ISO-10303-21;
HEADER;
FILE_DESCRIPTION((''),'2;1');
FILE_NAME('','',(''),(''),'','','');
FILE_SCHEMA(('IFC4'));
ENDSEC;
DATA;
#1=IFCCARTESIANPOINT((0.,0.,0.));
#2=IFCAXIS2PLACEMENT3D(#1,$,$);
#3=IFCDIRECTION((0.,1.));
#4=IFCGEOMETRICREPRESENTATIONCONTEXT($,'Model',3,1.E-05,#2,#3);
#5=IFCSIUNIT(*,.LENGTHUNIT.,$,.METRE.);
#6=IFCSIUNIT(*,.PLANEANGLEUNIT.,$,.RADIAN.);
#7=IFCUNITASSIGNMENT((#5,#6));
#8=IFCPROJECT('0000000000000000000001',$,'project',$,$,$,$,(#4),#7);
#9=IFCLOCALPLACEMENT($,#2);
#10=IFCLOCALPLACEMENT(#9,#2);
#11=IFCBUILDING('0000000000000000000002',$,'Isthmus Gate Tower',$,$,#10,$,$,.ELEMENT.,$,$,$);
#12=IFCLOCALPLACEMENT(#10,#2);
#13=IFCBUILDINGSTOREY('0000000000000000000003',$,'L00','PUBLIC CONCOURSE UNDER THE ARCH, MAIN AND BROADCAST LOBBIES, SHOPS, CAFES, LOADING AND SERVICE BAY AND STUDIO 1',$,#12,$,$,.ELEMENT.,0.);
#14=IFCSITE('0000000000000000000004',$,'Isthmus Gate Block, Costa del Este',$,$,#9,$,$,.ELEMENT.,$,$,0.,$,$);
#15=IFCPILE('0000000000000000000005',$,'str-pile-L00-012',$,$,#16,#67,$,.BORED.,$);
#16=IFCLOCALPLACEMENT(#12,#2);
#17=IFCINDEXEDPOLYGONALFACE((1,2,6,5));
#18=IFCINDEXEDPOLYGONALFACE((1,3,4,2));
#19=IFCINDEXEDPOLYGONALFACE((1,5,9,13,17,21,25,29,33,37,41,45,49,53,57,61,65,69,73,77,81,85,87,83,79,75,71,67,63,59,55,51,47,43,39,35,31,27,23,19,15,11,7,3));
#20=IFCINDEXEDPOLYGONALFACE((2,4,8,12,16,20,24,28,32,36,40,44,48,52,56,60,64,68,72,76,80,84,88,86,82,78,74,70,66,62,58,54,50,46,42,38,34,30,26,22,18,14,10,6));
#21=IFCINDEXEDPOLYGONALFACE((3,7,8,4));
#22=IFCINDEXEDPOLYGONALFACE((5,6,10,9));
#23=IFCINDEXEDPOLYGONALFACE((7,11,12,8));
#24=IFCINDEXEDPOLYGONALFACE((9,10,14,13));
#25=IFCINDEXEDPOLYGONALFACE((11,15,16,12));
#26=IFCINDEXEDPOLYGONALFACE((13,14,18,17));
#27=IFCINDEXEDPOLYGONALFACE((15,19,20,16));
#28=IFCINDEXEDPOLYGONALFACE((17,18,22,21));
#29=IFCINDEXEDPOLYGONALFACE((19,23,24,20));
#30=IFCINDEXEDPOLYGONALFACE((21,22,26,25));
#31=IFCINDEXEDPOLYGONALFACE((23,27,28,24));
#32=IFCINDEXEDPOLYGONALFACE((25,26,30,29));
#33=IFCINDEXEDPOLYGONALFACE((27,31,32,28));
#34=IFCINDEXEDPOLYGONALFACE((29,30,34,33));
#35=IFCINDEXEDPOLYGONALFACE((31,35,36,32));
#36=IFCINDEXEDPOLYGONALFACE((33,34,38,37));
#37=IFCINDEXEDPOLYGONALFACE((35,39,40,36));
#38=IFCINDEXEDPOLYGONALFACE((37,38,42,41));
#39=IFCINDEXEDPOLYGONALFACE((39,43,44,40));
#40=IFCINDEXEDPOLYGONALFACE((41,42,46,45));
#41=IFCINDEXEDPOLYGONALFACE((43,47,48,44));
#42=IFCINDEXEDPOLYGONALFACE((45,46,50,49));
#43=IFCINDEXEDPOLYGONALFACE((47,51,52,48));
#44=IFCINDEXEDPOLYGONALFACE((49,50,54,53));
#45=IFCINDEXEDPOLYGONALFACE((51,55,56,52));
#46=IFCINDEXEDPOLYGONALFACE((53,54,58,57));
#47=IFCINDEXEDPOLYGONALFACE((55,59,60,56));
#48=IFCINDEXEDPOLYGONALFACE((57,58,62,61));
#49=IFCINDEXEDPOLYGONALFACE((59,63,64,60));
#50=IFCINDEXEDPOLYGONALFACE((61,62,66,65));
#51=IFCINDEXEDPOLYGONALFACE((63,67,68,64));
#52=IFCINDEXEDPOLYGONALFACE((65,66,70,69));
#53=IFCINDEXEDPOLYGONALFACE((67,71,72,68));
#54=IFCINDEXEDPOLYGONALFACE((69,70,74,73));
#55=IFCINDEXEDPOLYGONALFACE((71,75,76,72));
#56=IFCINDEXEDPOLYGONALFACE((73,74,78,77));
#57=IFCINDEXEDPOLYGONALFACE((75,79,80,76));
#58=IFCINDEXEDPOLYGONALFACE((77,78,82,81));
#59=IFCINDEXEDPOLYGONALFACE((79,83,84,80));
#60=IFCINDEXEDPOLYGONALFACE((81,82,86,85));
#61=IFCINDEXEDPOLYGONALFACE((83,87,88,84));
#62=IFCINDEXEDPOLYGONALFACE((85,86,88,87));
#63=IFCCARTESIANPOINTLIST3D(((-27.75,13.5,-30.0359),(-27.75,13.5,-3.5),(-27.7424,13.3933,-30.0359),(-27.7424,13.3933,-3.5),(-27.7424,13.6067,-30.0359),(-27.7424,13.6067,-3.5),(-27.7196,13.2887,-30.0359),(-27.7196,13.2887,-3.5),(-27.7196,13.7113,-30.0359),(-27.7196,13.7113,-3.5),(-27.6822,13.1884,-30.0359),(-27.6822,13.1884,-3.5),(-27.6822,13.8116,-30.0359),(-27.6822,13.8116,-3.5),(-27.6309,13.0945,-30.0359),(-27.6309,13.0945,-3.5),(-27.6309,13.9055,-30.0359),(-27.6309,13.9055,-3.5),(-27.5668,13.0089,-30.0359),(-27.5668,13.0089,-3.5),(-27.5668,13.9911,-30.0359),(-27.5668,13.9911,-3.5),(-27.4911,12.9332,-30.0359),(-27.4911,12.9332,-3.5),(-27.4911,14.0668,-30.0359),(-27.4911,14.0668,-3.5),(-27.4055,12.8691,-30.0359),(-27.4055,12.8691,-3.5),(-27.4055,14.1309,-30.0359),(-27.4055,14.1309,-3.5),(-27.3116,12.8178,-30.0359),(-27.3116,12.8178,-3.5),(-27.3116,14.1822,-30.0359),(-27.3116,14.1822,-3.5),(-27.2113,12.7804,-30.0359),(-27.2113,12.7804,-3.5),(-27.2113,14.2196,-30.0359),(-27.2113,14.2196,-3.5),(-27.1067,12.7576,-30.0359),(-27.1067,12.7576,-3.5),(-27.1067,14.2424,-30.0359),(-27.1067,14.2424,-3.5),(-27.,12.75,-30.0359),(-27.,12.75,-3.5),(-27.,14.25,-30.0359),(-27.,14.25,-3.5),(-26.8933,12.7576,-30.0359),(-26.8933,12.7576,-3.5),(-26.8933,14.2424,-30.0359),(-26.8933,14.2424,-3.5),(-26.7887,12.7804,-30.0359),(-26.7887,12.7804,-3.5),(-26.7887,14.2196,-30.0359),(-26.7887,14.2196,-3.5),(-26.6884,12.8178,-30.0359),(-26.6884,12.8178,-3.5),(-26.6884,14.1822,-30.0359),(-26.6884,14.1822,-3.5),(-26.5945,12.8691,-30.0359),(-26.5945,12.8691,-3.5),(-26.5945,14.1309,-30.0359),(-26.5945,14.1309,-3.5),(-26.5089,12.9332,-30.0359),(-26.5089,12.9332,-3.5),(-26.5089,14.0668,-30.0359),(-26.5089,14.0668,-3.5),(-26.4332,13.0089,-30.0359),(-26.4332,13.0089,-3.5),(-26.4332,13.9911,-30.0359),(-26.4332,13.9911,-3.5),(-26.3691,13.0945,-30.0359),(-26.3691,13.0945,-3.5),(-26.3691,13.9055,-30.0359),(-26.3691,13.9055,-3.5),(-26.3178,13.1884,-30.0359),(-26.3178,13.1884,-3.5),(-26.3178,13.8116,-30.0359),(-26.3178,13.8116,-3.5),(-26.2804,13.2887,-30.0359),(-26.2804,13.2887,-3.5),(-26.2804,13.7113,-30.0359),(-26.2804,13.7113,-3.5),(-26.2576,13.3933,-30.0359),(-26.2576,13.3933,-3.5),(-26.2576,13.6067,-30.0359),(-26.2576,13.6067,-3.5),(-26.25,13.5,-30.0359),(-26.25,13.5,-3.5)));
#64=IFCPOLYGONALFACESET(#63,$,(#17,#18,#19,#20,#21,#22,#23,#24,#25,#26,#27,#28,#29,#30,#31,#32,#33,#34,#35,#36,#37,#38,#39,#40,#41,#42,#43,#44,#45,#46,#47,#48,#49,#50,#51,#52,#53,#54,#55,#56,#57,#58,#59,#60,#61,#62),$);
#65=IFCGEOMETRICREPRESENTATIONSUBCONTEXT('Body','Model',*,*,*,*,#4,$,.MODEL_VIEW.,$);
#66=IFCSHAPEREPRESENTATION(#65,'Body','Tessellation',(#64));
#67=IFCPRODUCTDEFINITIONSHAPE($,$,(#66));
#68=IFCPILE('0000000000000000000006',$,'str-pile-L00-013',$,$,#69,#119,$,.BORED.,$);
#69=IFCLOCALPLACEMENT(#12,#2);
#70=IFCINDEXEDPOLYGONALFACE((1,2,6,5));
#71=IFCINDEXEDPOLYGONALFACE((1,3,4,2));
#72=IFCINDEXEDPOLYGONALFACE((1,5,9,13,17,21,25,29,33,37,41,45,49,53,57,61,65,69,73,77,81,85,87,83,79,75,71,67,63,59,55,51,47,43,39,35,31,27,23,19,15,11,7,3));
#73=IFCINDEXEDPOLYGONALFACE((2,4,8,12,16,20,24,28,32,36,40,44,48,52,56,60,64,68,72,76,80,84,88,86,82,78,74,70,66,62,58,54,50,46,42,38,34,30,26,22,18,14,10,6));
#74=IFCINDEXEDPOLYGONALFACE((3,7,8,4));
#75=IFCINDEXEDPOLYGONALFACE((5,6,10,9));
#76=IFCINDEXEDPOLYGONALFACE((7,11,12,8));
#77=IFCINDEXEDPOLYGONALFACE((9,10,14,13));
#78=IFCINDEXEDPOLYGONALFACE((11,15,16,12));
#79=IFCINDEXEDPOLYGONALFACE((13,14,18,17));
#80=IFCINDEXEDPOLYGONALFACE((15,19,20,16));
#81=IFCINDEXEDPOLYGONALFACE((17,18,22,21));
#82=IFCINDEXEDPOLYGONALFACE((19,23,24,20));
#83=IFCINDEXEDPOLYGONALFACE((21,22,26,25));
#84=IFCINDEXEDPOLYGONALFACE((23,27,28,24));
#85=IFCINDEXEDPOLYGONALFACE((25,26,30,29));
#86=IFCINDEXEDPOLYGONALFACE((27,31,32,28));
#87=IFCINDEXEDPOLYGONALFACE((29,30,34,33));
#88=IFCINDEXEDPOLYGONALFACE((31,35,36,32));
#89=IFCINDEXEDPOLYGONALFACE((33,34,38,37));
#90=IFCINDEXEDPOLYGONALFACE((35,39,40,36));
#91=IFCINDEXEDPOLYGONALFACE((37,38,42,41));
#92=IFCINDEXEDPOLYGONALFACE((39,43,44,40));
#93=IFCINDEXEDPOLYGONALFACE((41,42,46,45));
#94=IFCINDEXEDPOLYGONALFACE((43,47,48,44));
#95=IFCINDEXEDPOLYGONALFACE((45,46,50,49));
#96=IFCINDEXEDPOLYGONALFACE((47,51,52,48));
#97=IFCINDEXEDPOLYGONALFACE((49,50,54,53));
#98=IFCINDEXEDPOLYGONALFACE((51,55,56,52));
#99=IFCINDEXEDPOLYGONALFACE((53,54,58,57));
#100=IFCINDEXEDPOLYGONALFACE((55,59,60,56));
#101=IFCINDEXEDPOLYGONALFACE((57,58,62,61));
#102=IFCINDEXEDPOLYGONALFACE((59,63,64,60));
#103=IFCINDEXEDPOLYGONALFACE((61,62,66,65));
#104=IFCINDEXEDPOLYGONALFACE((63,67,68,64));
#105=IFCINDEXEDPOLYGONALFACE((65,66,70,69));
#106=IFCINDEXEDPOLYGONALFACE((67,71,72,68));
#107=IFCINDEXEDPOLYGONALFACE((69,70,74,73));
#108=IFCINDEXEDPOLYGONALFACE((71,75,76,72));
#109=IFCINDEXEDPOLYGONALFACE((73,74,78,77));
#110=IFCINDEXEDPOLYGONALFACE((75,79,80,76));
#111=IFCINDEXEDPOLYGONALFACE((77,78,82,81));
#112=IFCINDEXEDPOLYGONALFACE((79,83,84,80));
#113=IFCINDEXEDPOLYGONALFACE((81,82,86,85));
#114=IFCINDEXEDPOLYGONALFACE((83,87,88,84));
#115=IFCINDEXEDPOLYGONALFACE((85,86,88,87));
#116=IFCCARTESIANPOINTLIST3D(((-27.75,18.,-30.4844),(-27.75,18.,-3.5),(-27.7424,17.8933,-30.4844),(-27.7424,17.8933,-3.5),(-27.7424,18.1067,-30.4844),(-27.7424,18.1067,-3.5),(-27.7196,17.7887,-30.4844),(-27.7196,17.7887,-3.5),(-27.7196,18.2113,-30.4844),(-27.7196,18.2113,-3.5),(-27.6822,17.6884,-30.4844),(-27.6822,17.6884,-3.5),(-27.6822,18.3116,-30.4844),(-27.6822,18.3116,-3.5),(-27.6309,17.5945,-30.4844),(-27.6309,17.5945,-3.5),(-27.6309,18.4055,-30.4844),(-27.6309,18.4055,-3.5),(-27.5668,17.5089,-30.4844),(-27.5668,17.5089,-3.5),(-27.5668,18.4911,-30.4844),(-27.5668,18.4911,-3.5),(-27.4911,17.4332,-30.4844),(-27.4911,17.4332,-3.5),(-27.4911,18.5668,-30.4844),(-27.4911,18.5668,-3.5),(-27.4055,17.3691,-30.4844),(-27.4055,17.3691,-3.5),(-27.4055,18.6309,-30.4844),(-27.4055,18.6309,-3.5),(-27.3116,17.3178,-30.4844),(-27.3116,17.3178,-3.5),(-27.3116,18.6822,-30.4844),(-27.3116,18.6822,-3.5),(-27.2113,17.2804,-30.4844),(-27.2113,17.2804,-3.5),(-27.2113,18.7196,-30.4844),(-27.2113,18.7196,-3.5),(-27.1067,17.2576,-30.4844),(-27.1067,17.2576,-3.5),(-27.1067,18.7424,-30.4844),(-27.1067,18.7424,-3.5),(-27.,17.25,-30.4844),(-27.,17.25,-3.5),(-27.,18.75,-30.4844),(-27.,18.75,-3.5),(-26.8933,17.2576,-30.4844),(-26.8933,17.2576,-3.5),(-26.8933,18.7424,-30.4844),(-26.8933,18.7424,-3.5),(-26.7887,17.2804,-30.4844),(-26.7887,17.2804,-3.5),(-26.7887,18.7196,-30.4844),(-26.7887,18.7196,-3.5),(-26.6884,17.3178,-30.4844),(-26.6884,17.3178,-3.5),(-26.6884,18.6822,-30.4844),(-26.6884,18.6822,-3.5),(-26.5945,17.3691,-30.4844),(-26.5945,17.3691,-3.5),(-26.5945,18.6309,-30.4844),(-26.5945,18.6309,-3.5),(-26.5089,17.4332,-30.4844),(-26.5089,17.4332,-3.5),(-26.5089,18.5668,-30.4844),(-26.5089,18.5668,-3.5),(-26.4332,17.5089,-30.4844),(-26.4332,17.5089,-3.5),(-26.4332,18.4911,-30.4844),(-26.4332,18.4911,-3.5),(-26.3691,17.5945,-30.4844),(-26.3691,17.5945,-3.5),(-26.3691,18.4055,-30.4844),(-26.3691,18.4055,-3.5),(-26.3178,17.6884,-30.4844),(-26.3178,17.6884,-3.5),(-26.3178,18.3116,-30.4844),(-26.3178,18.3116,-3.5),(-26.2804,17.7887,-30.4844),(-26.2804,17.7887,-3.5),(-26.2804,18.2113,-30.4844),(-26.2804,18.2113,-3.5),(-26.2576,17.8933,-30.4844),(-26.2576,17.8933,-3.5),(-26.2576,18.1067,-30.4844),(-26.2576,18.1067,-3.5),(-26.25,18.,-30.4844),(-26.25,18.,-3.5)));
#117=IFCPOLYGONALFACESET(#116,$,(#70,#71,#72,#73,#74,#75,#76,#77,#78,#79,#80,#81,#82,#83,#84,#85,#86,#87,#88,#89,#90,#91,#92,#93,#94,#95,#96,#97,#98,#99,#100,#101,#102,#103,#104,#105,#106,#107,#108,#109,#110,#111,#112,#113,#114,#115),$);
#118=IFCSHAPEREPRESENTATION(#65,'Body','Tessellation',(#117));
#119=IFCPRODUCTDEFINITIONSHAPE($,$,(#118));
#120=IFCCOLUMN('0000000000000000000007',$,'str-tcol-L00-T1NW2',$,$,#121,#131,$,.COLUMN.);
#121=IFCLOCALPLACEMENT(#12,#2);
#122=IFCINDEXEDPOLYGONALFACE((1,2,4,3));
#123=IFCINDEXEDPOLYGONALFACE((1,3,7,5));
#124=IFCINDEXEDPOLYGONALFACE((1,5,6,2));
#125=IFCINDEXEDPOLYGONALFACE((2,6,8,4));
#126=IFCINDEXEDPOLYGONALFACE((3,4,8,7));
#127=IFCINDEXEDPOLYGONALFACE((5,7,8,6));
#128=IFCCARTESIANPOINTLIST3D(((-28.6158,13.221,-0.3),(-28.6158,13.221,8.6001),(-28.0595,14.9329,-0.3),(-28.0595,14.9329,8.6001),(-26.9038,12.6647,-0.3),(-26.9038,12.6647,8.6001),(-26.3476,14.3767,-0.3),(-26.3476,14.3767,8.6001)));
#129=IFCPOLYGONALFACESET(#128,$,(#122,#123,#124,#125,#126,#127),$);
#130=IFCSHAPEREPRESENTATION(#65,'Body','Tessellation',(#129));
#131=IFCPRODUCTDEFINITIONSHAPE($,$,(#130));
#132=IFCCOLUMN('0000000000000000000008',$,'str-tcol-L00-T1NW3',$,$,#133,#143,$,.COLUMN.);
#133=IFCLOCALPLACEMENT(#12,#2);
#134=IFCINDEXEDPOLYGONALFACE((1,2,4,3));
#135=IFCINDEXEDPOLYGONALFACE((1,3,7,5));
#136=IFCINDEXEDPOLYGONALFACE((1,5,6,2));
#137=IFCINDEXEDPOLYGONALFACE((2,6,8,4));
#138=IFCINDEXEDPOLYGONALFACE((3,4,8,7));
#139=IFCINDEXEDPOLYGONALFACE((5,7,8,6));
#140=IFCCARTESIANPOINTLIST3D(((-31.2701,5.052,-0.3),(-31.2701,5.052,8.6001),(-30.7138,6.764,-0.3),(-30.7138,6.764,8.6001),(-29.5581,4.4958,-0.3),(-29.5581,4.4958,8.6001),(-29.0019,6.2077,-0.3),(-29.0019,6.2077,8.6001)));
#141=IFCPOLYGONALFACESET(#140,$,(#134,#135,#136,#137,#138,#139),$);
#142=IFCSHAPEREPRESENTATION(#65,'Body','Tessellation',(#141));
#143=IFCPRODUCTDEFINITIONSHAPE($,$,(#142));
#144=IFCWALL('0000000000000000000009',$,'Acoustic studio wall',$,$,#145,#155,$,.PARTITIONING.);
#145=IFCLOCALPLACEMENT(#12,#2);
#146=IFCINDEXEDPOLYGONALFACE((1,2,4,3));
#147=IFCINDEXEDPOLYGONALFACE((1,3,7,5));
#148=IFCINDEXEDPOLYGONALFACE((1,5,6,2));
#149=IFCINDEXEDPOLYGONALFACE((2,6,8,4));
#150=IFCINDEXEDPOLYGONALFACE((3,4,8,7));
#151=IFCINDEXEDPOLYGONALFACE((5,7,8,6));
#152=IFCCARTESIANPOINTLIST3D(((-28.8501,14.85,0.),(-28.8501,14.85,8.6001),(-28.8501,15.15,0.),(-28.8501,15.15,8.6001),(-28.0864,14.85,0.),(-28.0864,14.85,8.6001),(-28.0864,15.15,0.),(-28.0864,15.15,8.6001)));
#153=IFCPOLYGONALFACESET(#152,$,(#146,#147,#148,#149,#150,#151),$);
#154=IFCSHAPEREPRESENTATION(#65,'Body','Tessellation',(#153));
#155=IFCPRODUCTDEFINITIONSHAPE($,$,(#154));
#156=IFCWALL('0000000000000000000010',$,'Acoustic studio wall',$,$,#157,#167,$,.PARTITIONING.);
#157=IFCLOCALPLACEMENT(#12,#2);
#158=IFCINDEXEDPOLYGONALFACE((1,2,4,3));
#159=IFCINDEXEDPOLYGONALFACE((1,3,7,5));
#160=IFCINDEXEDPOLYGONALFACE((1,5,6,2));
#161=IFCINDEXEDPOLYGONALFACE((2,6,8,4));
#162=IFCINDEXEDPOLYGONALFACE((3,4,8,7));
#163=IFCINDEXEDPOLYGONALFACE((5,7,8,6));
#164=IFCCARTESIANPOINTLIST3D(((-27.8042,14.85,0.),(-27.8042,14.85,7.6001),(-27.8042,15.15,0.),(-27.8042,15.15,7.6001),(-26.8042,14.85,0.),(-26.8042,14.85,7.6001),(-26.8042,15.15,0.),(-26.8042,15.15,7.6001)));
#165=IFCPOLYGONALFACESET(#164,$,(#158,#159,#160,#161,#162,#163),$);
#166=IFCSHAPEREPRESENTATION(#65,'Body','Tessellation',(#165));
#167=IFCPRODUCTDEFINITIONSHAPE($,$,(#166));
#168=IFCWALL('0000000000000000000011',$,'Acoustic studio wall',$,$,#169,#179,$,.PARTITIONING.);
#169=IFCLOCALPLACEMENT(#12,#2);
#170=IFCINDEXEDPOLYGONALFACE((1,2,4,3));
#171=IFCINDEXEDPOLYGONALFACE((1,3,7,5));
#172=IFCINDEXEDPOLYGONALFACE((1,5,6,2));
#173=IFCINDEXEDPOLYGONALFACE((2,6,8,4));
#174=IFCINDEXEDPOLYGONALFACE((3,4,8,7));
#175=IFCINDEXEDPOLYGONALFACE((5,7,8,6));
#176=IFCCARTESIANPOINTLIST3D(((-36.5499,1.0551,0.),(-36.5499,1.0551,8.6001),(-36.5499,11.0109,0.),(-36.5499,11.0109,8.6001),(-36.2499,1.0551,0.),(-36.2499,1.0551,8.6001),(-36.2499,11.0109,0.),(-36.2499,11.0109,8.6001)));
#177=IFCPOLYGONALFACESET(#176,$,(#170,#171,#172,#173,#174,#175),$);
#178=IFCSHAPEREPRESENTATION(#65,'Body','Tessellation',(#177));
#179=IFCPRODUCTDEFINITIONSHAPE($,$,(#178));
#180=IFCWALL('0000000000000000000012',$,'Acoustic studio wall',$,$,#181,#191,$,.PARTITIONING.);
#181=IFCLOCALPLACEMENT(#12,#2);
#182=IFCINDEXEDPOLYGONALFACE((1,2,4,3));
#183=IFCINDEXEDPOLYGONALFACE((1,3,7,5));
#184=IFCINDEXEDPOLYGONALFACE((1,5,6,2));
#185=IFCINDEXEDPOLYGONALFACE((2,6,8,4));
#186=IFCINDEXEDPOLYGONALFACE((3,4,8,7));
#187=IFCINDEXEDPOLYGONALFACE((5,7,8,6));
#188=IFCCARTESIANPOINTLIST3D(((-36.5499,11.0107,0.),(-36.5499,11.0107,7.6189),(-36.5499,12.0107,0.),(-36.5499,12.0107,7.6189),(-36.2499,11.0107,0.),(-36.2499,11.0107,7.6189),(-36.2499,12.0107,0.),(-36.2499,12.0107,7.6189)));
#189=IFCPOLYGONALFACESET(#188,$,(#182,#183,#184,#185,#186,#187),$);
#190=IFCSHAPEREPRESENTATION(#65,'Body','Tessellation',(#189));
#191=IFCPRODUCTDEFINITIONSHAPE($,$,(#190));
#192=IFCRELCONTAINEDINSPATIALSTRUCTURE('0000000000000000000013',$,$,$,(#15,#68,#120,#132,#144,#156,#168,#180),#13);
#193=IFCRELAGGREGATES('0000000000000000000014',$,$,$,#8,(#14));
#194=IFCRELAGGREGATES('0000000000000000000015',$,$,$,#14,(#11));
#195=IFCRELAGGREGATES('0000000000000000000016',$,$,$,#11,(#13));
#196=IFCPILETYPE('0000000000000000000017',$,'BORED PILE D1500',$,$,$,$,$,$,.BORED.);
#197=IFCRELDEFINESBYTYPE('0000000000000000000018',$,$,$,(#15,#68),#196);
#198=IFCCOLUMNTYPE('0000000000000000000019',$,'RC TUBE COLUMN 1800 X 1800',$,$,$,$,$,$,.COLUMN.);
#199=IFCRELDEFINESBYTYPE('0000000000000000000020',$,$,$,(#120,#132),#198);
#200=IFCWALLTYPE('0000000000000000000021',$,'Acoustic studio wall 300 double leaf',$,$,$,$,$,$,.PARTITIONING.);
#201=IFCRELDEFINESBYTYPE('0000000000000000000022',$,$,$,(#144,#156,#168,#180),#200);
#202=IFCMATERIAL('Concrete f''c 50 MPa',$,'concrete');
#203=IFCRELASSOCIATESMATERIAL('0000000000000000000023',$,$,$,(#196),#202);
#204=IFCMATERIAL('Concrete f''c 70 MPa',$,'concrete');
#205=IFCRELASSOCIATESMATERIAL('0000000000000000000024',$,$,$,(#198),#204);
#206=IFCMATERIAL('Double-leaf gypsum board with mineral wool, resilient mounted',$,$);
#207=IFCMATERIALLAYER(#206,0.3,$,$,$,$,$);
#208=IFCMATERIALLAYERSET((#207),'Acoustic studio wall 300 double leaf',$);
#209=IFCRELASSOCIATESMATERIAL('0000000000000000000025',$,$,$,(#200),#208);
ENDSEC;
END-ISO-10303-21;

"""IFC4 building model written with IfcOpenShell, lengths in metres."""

from ifc_helpers import new_model, si_unit, direction, frame, frame_2d, origin, origin_2d, place, context, subcontext, project, spatial, rectangle, circle, extrude, material, layer, layer_set, material_profile, profile_set, type_object, element, save


model = new_model("IFC4")

# Units and contexts
model_context = context("Model", 3, precision=1e-05, world=origin(), true_north=direction((0.0, 1.0)))
body_context = subcontext(model_context, "Body", "Model", "MODEL_VIEW")
ifc_project = project(units=[si_unit("LENGTHUNIT", "METRE"), si_unit("PLANEANGLEUNIT", "RADIAN")], contexts=[model_context])

# Site, building, storey
site_placement = place(None, origin())
site = spatial("IfcSite", under=ifc_project, at=site_placement, Name="Isthmus Gate Block, Costa del Este", CompositionType="ELEMENT", RefElevation=0.0)
building_placement = place(site_placement, origin())
building = spatial("IfcBuilding", under=site, at=building_placement, Name="Isthmus Gate Tower", CompositionType="ELEMENT")
storey_placement = place(building_placement, origin())
storey = spatial("IfcBuildingStorey", under=building, at=storey_placement, Name="L00", Description="PUBLIC CONCOURSE UNDER THE ARCH, MAIN AND BROADCAST LOBBIES, SHOPS, CAFES, LOADING AND SERVICE BAY AND STUDIO 1", CompositionType="ELEMENT", Elevation=0.0)

# Piles
ifc_material_1 = material(Name="Concrete f'c 50 MPa", Category="concrete")
ifc_material_profile_1 = material_profile(ifc_material_1, circle(Radius=0.75, at=origin_2d()), Name="D1500")
ifc_profile_set_1 = profile_set([ifc_material_profile_1], Name="Concrete f'c 50 MPa")
pile_type = type_object("IfcPileType", Name="BORED PILE D1500", PredefinedType="BORED", material=ifc_profile_set_1)
pile_1_placement = place(storey_placement, frame((-27.0, 13.5, -3.5), z_axis=(0.0, 0.0, -1.0), x_axis=(1.0, 0.0, 0.0)))
element("IfcPile", 1, at=pile_1_placement, inside=storey, type_object=pile_type, Name="str-pile-L00-012", PredefinedType="BORED", context=body_context, shape_type="SweptSolid", body=[
    extrude(circle(Radius=0.75, at=origin_2d()), origin(), (0.0, 0.0, 1.0), 26.5359),
])
pile_2_placement = place(storey_placement, frame((-27.0, 18.0, -3.5), z_axis=(0.0, 0.0, -1.0), x_axis=(1.0, 0.0, 0.0)))
element("IfcPile", 2, at=pile_2_placement, inside=storey, type_object=pile_type, Name="str-pile-L00-013", PredefinedType="BORED", context=body_context, shape_type="SweptSolid", body=[
    extrude(circle(Radius=0.75, at=origin_2d()), origin(), (0.0, 0.0, 1.0), 26.9844),
])

# Columns
ifc_material_2 = material(Name="Concrete f'c 70 MPa", Category="concrete")
ifc_material_profile_2 = material_profile(ifc_material_2, rectangle(XDim=1.8, YDim=1.8, at=origin_2d()), Name="RC 1800X1800")
ifc_profile_set_2 = profile_set([ifc_material_profile_2], Name="Concrete f'c 70 MPa")
column_type = type_object("IfcColumnType", Name="RC TUBE COLUMN 1800 X 1800", PredefinedType="COLUMN", material=ifc_profile_set_2)
for number, where, z_axis, x_axis, name in (
    (3, (-27.4817, 13.7988, -0.3), (0.0, 0.0, 1.0), (-0.309017, -0.951057, 0.0), "str-tcol-L00-T1NW2"),
    (4, (-30.136, 5.6299, -0.3), (0.0, 0.0, 1.0), (-0.309017, -0.951057, 0.0), "str-tcol-L00-T1NW3"),
):
    element("IfcColumn", number, at=place(storey_placement, frame(where, z_axis=z_axis, x_axis=x_axis)), inside=storey, type_object=column_type, Name=name, PredefinedType="COLUMN", context=body_context, shape_type="SweptSolid", body=[
        extrude(rectangle(XDim=1.8, YDim=1.8, at=origin_2d()), origin(), (0.0, 0.0, 1.0), 8.9001),
    ])

# Walls
ifc_material_3 = material(Name="Double-leaf gypsum board with mineral wool, resilient mounted")
ifc_layer_1 = layer(ifc_material_3, 0.3)
ifc_layer_set_1 = layer_set([ifc_layer_1], Name="Acoustic studio wall 300 double leaf")
wall_type_1 = type_object("IfcWallType", Name="Acoustic studio wall 300 double leaf", PredefinedType="PARTITIONING", material=ifc_layer_set_1)
wall_1_placement = place(storey_placement, frame((-28.8501, 15.0, 0.0), z_axis=(0.0, 0.0, 1.0), x_axis=(1.0, 0.0, 0.0)))
element("IfcWall", 5, at=wall_1_placement, inside=storey, type_object=wall_type_1, Name="Acoustic studio wall", PredefinedType="PARTITIONING", context=body_context, shape_type="SweptSolid", body=[
    extrude(rectangle(XDim=0.7637, YDim=0.3, at=frame_2d((0.3818, 0.0))), origin(), (0.0, 0.0, 1.0), 8.6001),
])
wall_2_placement = place(storey_placement, frame((-27.8042, 15.0, 0.0), z_axis=(0.0, 0.0, 1.0), x_axis=(1.0, 0.0, 0.0)))
element("IfcWall", 6, at=wall_2_placement, inside=storey, type_object=wall_type_1, Name="Acoustic studio wall", PredefinedType="PARTITIONING", context=body_context, shape_type="SweptSolid", body=[
    extrude(rectangle(XDim=1.0, YDim=0.3, at=frame_2d((0.5, 0.0))), origin(), (0.0, 0.0, 1.0), 7.6001),
])
wall_3_placement = place(storey_placement, frame((-36.3999, 1.0549, 0.0), z_axis=(0.0, 0.0, 1.0), x_axis=(0.0, 1.0, 0.0)))
element("IfcWall", 7, at=wall_3_placement, inside=storey, type_object=wall_type_1, Name="Acoustic studio wall", PredefinedType="PARTITIONING", context=body_context, shape_type="SweptSolid", body=[
    extrude(rectangle(XDim=9.9558, YDim=0.3, at=frame_2d((4.978, 0.0))), origin(), (0.0, 0.0, 1.0), 8.6001),
])
wall_4_placement = place(storey_placement, frame((-36.3999, 11.0107, 0.0), z_axis=(0.0, 0.0, 1.0), x_axis=(0.0, 1.0, 0.0)))
element("IfcWall", 8, at=wall_4_placement, inside=storey, type_object=wall_type_1, Name="Acoustic studio wall", PredefinedType="PARTITIONING", context=body_context, shape_type="SweptSolid", body=[
    extrude(rectangle(XDim=1.0, YDim=0.3, at=frame_2d((0.5, 0.0))), origin(), (0.0, 0.0, 1.0), 7.6189),
])

save(model, "model.ifc")
